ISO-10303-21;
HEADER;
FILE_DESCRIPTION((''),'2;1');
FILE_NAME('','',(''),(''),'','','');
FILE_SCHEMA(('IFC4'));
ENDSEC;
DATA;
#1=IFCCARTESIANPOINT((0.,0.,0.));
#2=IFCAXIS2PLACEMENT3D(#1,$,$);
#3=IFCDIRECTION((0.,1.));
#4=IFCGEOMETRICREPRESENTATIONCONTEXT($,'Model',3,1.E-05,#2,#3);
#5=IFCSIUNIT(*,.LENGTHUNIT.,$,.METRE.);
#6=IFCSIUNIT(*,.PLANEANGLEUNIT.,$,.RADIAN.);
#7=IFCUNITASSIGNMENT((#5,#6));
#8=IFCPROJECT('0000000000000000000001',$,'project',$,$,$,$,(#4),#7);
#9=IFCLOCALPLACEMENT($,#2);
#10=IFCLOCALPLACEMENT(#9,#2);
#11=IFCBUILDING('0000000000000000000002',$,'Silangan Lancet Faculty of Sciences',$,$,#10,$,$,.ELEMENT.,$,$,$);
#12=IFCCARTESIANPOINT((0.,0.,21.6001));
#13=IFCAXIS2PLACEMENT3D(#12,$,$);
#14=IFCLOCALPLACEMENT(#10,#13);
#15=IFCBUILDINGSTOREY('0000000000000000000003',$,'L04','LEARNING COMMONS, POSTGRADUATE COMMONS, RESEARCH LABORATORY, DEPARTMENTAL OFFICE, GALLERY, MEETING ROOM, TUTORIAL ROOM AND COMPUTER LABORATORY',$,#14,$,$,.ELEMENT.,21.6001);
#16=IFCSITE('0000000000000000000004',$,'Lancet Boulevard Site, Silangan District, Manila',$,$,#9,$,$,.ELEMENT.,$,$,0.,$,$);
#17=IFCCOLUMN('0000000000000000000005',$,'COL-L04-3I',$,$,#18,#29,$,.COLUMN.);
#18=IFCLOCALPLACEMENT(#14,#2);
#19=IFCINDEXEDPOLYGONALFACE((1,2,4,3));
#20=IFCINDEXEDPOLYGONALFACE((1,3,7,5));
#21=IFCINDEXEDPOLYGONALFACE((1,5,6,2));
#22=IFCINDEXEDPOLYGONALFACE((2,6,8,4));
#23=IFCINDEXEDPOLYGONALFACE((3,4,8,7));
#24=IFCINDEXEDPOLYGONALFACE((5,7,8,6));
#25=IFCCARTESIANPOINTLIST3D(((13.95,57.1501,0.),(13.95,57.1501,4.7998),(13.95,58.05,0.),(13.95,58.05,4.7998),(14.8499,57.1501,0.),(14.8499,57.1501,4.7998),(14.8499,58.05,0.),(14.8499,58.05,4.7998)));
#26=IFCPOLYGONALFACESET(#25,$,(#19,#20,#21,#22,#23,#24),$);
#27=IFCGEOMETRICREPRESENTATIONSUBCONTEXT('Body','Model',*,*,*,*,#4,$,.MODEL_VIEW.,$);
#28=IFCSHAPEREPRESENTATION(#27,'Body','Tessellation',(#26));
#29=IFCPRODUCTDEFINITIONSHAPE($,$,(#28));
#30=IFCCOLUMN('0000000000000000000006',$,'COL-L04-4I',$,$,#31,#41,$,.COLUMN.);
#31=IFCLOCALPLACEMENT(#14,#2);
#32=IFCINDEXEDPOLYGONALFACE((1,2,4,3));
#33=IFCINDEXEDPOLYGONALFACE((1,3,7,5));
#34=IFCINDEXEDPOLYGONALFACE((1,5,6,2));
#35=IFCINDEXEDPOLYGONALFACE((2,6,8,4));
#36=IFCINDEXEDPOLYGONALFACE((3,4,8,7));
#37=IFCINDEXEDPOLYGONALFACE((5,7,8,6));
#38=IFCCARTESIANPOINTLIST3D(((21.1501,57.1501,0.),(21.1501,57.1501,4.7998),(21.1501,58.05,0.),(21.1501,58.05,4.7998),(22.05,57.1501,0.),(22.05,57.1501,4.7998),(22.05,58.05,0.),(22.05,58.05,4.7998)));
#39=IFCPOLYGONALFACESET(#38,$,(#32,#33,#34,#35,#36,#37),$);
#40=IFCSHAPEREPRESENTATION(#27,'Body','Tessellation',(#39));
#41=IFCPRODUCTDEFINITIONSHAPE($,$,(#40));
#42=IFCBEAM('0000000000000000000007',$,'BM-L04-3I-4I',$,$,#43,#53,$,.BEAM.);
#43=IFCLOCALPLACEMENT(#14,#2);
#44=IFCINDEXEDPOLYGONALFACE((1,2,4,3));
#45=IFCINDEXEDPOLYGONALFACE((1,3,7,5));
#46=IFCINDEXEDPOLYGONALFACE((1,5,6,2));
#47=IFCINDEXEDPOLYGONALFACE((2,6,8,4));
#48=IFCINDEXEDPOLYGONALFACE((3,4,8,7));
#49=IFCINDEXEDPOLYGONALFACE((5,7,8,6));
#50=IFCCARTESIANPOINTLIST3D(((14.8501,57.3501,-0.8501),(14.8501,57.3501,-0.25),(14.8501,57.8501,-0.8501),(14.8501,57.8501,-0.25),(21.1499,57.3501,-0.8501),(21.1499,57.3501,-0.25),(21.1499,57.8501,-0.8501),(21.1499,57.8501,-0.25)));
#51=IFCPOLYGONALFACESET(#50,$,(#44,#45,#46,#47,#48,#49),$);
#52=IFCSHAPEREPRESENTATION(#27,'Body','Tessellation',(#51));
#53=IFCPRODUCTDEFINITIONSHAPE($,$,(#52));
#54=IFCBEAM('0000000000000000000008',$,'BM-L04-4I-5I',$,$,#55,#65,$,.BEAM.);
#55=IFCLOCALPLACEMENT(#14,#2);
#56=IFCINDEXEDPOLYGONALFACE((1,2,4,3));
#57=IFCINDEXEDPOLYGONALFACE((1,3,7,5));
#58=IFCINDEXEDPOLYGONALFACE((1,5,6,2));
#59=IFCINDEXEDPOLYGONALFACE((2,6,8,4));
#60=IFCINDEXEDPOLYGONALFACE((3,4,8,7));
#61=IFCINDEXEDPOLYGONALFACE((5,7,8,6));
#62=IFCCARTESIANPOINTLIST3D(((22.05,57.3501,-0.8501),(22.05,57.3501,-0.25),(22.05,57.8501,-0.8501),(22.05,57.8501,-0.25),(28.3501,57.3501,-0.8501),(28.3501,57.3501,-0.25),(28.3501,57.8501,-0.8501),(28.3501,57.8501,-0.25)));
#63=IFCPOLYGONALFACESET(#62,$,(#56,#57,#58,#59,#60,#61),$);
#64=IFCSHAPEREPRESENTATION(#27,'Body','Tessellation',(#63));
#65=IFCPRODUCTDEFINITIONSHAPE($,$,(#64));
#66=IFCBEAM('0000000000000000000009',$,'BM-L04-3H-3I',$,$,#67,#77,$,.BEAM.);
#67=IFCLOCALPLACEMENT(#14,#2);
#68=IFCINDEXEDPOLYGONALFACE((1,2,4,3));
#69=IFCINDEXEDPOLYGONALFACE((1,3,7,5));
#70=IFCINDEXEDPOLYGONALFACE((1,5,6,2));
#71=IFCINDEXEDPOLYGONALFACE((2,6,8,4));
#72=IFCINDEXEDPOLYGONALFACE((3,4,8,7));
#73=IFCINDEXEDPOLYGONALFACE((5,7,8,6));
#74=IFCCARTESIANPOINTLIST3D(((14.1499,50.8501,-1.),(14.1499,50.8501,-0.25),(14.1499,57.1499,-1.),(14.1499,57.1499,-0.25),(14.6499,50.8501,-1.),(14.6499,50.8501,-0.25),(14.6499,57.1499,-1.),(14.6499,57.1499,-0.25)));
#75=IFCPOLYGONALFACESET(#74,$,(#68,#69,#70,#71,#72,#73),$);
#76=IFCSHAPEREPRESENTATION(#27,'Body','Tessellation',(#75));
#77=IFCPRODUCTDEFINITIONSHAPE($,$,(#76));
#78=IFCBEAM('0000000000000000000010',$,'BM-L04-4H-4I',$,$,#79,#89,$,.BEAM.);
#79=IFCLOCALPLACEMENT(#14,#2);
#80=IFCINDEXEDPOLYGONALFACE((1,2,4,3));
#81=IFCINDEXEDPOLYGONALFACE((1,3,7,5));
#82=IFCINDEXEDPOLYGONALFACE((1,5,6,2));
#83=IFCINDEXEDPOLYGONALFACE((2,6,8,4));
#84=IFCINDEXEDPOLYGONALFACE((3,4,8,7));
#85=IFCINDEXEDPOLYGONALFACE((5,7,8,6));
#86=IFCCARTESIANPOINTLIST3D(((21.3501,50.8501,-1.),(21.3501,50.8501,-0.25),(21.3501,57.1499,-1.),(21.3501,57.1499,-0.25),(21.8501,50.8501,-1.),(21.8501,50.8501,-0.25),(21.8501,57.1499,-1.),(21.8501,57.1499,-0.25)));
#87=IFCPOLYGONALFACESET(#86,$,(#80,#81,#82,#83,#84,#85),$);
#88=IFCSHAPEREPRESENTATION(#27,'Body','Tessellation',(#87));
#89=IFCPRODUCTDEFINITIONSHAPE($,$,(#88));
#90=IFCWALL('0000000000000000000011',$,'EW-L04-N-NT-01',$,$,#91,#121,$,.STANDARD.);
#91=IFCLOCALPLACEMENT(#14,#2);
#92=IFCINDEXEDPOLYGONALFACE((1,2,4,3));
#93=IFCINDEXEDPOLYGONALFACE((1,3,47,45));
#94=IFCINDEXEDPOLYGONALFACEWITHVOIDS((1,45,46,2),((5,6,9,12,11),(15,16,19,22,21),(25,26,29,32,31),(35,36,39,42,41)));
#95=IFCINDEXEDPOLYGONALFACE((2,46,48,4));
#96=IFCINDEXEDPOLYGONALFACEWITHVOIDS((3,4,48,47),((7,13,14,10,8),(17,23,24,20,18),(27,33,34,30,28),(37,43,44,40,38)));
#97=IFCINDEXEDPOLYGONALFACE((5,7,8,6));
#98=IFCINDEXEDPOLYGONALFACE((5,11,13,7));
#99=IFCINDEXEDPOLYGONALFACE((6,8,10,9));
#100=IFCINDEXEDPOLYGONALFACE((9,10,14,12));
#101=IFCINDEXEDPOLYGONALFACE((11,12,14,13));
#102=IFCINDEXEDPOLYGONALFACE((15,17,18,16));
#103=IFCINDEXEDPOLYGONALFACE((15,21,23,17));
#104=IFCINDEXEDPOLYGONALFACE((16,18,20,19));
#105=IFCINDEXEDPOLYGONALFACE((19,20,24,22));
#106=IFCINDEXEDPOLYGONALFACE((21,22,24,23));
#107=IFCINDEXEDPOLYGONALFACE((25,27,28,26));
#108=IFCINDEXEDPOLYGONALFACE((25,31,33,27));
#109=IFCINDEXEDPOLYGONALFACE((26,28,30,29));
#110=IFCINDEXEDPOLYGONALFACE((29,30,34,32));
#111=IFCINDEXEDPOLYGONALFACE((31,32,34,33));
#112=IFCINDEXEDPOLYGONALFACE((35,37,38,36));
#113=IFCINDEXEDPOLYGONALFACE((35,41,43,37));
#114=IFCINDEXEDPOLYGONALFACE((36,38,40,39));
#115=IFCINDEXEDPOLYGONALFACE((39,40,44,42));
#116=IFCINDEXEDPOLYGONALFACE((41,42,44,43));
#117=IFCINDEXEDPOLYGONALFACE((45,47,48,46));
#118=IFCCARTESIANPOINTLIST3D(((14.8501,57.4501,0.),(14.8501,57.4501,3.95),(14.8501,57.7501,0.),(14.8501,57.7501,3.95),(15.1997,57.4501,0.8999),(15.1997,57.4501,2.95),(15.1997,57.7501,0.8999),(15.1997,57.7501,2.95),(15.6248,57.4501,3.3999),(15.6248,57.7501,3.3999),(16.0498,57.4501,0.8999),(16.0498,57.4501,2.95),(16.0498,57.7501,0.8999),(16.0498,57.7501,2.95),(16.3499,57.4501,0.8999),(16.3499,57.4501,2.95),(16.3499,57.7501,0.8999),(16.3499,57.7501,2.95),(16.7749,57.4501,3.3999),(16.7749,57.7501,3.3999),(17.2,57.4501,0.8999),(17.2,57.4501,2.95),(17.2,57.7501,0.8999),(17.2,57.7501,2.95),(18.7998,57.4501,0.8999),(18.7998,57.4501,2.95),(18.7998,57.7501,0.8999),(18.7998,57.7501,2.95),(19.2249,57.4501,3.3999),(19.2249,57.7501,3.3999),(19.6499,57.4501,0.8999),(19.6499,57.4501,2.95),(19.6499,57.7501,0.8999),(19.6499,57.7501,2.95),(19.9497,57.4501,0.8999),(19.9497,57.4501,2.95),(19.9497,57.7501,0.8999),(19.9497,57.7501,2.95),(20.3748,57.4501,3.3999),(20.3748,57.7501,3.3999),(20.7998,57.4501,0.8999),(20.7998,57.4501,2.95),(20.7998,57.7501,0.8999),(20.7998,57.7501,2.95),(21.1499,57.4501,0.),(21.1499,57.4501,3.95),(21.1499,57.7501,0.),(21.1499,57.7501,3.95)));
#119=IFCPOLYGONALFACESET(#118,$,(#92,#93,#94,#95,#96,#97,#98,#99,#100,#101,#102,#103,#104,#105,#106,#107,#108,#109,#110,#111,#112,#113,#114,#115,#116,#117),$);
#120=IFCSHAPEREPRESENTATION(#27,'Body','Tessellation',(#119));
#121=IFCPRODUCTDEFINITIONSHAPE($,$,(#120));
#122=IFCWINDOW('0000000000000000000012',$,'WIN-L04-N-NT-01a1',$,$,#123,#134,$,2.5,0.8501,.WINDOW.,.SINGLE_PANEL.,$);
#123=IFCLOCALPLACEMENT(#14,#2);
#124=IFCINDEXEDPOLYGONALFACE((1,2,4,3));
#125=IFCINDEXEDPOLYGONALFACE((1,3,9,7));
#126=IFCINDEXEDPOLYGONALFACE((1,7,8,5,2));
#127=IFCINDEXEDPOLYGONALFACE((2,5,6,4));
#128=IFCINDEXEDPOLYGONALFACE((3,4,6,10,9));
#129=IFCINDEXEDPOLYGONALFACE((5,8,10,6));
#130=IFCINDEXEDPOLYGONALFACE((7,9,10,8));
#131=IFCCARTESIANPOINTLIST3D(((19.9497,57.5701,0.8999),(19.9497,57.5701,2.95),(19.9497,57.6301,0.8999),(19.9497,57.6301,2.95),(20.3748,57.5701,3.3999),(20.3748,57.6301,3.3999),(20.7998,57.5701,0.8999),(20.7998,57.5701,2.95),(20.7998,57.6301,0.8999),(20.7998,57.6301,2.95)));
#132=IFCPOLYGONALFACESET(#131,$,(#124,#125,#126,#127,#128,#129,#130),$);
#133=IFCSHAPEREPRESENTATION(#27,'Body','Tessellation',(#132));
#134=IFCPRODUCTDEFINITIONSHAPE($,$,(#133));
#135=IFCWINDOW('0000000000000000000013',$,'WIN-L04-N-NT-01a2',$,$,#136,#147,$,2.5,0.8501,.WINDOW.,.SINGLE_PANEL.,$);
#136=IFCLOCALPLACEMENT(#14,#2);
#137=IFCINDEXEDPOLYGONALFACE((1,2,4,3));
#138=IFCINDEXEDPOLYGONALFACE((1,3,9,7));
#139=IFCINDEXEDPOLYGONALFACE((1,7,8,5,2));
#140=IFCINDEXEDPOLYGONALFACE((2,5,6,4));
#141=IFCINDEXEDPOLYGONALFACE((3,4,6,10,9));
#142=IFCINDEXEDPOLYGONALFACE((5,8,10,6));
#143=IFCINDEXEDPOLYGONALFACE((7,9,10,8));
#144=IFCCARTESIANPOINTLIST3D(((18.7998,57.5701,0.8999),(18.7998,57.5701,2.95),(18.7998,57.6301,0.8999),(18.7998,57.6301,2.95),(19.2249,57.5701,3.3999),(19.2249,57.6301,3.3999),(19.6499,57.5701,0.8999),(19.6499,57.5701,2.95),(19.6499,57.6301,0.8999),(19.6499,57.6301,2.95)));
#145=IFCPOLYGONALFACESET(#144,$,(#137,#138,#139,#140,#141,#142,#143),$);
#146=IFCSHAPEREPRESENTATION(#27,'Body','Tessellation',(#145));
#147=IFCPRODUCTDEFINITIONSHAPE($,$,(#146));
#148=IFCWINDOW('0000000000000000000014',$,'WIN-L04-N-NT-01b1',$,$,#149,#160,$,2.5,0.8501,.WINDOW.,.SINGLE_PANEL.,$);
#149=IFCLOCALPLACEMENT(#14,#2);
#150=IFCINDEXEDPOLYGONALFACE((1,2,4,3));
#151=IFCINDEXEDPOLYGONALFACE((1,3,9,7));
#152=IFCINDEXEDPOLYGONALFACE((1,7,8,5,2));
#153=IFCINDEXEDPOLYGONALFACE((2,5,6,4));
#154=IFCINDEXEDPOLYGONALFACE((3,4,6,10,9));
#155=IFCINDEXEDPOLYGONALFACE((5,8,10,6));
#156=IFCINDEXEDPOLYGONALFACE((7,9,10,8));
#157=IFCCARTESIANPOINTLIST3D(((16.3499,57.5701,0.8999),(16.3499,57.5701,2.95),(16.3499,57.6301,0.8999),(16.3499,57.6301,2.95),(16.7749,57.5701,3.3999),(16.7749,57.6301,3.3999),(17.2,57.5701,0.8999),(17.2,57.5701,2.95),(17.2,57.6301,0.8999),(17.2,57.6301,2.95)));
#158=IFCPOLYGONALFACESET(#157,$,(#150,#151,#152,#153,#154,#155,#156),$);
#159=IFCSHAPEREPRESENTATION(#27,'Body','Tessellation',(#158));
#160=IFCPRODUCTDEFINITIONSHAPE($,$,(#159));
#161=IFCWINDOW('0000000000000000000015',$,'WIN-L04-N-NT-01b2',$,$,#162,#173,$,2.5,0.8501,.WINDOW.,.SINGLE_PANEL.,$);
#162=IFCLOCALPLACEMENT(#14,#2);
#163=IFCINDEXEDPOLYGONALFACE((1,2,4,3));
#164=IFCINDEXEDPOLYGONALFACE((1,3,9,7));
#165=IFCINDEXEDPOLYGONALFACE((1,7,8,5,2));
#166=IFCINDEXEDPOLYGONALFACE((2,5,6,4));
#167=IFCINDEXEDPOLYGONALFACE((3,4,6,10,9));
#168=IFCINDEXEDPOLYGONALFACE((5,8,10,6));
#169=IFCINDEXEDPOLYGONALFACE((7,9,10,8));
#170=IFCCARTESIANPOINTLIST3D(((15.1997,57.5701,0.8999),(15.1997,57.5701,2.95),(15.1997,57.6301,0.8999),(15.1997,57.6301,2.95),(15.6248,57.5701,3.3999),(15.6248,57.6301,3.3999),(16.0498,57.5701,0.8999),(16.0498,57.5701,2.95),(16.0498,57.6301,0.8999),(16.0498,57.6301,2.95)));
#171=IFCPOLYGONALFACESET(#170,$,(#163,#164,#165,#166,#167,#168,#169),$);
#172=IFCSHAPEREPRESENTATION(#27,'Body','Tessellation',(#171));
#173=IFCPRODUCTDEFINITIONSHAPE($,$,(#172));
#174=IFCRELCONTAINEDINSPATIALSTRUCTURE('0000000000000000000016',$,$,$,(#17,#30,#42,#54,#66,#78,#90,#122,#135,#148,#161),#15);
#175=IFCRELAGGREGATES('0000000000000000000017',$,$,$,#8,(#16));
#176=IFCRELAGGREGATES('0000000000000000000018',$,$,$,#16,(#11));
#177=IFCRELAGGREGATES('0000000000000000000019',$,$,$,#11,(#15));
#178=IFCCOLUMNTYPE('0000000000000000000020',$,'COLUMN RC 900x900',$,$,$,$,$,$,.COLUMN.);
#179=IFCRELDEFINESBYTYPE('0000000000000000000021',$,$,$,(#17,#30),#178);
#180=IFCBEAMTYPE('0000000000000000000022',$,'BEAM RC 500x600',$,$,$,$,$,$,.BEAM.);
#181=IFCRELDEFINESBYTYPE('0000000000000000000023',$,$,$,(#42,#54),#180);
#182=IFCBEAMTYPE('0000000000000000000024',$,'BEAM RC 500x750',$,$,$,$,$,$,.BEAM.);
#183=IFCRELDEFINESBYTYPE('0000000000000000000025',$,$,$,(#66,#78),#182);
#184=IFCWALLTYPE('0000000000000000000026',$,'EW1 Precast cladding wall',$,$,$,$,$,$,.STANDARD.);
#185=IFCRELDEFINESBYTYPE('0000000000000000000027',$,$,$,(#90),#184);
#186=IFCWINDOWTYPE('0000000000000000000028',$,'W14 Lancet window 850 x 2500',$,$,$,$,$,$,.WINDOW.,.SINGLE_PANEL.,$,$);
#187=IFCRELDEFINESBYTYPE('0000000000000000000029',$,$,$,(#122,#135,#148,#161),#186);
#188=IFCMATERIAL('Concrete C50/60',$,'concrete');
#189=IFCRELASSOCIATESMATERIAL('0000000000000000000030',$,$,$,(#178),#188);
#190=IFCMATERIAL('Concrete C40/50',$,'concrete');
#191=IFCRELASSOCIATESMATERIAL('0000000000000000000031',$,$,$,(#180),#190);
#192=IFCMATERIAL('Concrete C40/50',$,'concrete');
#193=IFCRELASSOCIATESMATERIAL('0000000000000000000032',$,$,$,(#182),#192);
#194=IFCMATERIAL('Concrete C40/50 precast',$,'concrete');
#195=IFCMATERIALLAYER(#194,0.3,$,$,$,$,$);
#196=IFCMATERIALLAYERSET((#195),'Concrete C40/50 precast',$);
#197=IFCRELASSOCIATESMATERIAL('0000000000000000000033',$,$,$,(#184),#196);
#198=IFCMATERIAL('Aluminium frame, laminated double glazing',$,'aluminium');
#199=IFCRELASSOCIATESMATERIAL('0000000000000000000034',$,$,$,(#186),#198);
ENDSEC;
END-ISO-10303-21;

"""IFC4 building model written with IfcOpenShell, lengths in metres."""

from ifc_helpers import new_model, si_unit, direction, frame, frame_2d, origin, origin_2d, place, context, subcontext, project, spatial, polyline, rectangle, outline, extrude, material, layer, layer_set, material_profile, profile_set, type_object, element, fill, save


model = new_model("IFC4")

# Units and contexts
model_context = context("Model", 3, precision=1e-05, world=origin(), true_north=direction((0.0, 1.0)))
body_context = subcontext(model_context, "Body", "Model", "MODEL_VIEW")
ifc_project = project(units=[si_unit("LENGTHUNIT", "METRE"), si_unit("PLANEANGLEUNIT", "RADIAN")], contexts=[model_context])

# Site, building, storey
site_placement = place(None, origin())
site = spatial("IfcSite", under=ifc_project, at=site_placement, Name="Lancet Boulevard Site, Silangan District, Manila", CompositionType="ELEMENT", RefElevation=0.0)
building_placement = place(site_placement, origin())
building = spatial("IfcBuilding", under=site, at=building_placement, Name="Silangan Lancet Faculty of Sciences", CompositionType="ELEMENT")
storey_placement = place(building_placement, frame((0.0, 0.0, 21.6001)))
storey = spatial("IfcBuildingStorey", under=building, at=storey_placement, Name="L04", Description="LEARNING COMMONS, POSTGRADUATE COMMONS, RESEARCH LABORATORY, DEPARTMENTAL OFFICE, GALLERY, MEETING ROOM, TUTORIAL ROOM AND COMPUTER LABORATORY", CompositionType="ELEMENT", Elevation=21.6001)

# Columns
ifc_material_1 = material(Name="Concrete C50/60", Category="concrete")
ifc_material_profile_1 = material_profile(ifc_material_1, rectangle(XDim=0.8999, YDim=0.8999, at=origin_2d()), Name="RC 900x900")
ifc_profile_set_1 = profile_set([ifc_material_profile_1], Name="Concrete C50/60")
column_type = type_object("IfcColumnType", Name="COLUMN RC 900x900", PredefinedType="COLUMN", material=ifc_profile_set_1)
for number, where, z_axis, x_axis, name in (
    (1, (14.3999, 57.6001, 0.0), (0.0, 0.0, 1.0), (1.0, 0.0, 0.0), "COL-L04-3I"),
    (2, (21.6001, 57.6001, 0.0), (0.0, 0.0, 1.0), (1.0, 0.0, 0.0), "COL-L04-4I"),
):
    element("IfcColumn", number, at=place(storey_placement, frame(where, z_axis=z_axis, x_axis=x_axis)), inside=storey, type_object=column_type, Name=name, PredefinedType="COLUMN", context=body_context, shape_type="SweptSolid", body=[
        extrude(rectangle(XDim=0.8999, YDim=0.8999, at=origin_2d()), origin(), (0.0, 0.0, 1.0), 4.7998),
    ])

# Beams
ifc_material_2 = material(Name="Concrete C40/50", Category="concrete")
ifc_material_profile_2 = material_profile(ifc_material_2, rectangle(XDim=0.5, YDim=0.6001, at=origin_2d()), Name="RC 500x600")
ifc_profile_set_2 = profile_set([ifc_material_profile_2], Name="Concrete C40/50")
beam_type_1 = type_object("IfcBeamType", Name="BEAM RC 500x600", PredefinedType="BEAM", material=ifc_profile_set_2)
beam_1_placement = place(storey_placement, frame((14.8501, 57.6001, -0.55), z_axis=(1.0, 0.0, 0.0), x_axis=(0.0, 1.0, 0.0)))
element("IfcBeam", 3, at=beam_1_placement, inside=storey, type_object=beam_type_1, Name="BM-L04-3I-4I", PredefinedType="BEAM", context=body_context, shape_type="SweptSolid", body=[
    extrude(rectangle(XDim=0.5, YDim=0.6001, at=origin_2d()), origin(), (0.0, 0.0, 1.0), 6.2998),
])
beam_2_placement = place(storey_placement, frame((22.05, 57.6001, -0.55), z_axis=(1.0, 0.0, 0.0), x_axis=(0.0, 1.0, 0.0)))
element("IfcBeam", 4, at=beam_2_placement, inside=storey, type_object=beam_type_1, Name="BM-L04-4I-5I", PredefinedType="BEAM", context=body_context, shape_type="SweptSolid", body=[
    extrude(rectangle(XDim=0.5, YDim=0.6001, at=origin_2d()), origin(), (0.0, 0.0, 1.0), 6.3),
])
ifc_material_3 = material(Name="Concrete C40/50", Category="concrete")
ifc_material_profile_3 = material_profile(ifc_material_3, rectangle(XDim=0.5, YDim=0.75, at=origin_2d()), Name="RC 500x750")
ifc_profile_set_3 = profile_set([ifc_material_profile_3], Name="Concrete C40/50")
beam_type_2 = type_object("IfcBeamType", Name="BEAM RC 500x750", PredefinedType="BEAM", material=ifc_profile_set_3)
for number, where, z_axis, x_axis, name in (
    (5, (14.3999, 50.8501, -0.625), (0.0, 1.0, 0.0), (-1.0, 0.0, 0.0), "BM-L04-3H-3I"),
    (6, (21.6001, 50.8501, -0.625), (0.0, 1.0, 0.0), (-1.0, 0.0, 0.0), "BM-L04-4H-4I"),
):
    element("IfcBeam", number, at=place(storey_placement, frame(where, z_axis=z_axis, x_axis=x_axis)), inside=storey, type_object=beam_type_2, Name=name, PredefinedType="BEAM", context=body_context, shape_type="SweptSolid", body=[
        extrude(rectangle(XDim=0.5, YDim=0.75, at=origin_2d()), origin(), (0.0, 0.0, 1.0), 6.2998),
    ])

# Wall, openings, windows
ifc_material_4 = material(Name="Concrete C40/50 precast", Category="concrete")
ifc_layer_1 = layer(ifc_material_4, 0.3)
ifc_layer_set_1 = layer_set([ifc_layer_1], Name="Concrete C40/50 precast")
wall_type_1 = type_object("IfcWallType", Name="EW1 Precast cladding wall", PredefinedType="STANDARD", material=ifc_layer_set_1)
wall_1_placement = place(storey_placement, frame((21.1499, 57.6001, 0.0), z_axis=(0.0, 0.0, 1.0), x_axis=(-1.0, 0.0, 0.0)))
wall_1 = element("IfcWall", 7, at=wall_1_placement, inside=storey, type_object=wall_type_1, Name="EW-L04-N-NT-01", PredefinedType="STANDARD", context=body_context, shape_type="SweptSolid", body=[
    extrude(rectangle(XDim=6.2998, YDim=0.3, at=frame_2d((3.1499, 0.0))), origin(), (0.0, 0.0, 1.0), 3.95),
])
opening_1_placement = place(wall_1_placement, frame((0.3501, 0.0, 0.8999)))
opening_1 = element("IfcOpeningElement", 8, at=opening_1_placement, cuts=wall_1, PredefinedType="OPENING", context=body_context, shape_type="SweptSolid", body=[
    extrude(outline(polyline([(0.0, 0.0), (0.8501, 0.0), (0.8501, 2.05), (0.425, 2.5), (0.0, 2.05), (0.0, 0.0)])), frame((0.0, 0.1599, 0.0), z_axis=(0.0, -1.0, 0.0), x_axis=(1.0, 0.0, 0.0)), (0.0, 0.0, 1.0), 0.3201),
])
opening_2_placement = place(wall_1_placement, frame((1.5, 0.0, 0.8999)))
opening_2 = element("IfcOpeningElement", 9, at=opening_2_placement, cuts=wall_1, PredefinedType="OPENING", context=body_context, shape_type="SweptSolid", body=[
    extrude(outline(polyline([(0.0, 0.0), (0.8501, 0.0), (0.8501, 2.05), (0.425, 2.5), (0.0, 2.05), (0.0, 0.0)])), frame((0.0, 0.1599, 0.0), z_axis=(0.0, -1.0, 0.0), x_axis=(1.0, 0.0, 0.0)), (0.0, 0.0, 1.0), 0.3201),
])
opening_3_placement = place(wall_1_placement, frame((3.95, 0.0, 0.8999)))
opening_3 = element("IfcOpeningElement", 10, at=opening_3_placement, cuts=wall_1, PredefinedType="OPENING", context=body_context, shape_type="SweptSolid", body=[
    extrude(outline(polyline([(0.0, 0.0), (0.8501, 0.0), (0.8501, 2.05), (0.425, 2.5), (0.0, 2.05), (0.0, 0.0)])), frame((0.0, 0.1599, 0.0), z_axis=(0.0, -1.0, 0.0), x_axis=(1.0, 0.0, 0.0)), (0.0, 0.0, 1.0), 0.3201),
])
opening_4_placement = place(wall_1_placement, frame((5.1001, 0.0, 0.8999)))
opening_4 = element("IfcOpeningElement", 11, at=opening_4_placement, cuts=wall_1, PredefinedType="OPENING", context=body_context, shape_type="SweptSolid", body=[
    extrude(outline(polyline([(0.0, 0.0), (0.8501, 0.0), (0.8501, 2.05), (0.425, 2.5), (0.0, 2.05), (0.0, 0.0)])), frame((0.0, 0.1599, 0.0), z_axis=(0.0, -1.0, 0.0), x_axis=(1.0, 0.0, 0.0)), (0.0, 0.0, 1.0), 0.3201),
])
ifc_material_5 = material(Name="Aluminium frame, laminated double glazing", Category="aluminium")
window_type_1 = type_object("IfcWindowType", Name="W14 Lancet window 850 x 2500", PartitioningType="SINGLE_PANEL", PredefinedType="WINDOW", material=ifc_material_5)
window_1_placement = place(opening_1_placement, origin())
window_1 = element("IfcWindow", 12, at=window_1_placement, inside=storey, type_object=window_type_1, Name="WIN-L04-N-NT-01a1", OverallHeight=2.5, OverallWidth=0.8501, PartitioningType="SINGLE_PANEL", PredefinedType="WINDOW", context=body_context, shape_type="SweptSolid", body=[
    extrude(outline(polyline([(0.0, 0.0), (0.8501, 0.0), (0.8501, 2.05), (0.425, 2.5), (0.0, 2.05), (0.0, 0.0)])), frame((0.0, 0.03, 0.0), z_axis=(0.0, -1.0, 0.0), x_axis=(1.0, 0.0, 0.0)), (0.0, 0.0, 1.0), 0.0601),
])
fill(opening_1, window_1)
window_2_placement = place(opening_2_placement, origin())
window_2 = element("IfcWindow", 13, at=window_2_placement, inside=storey, type_object=window_type_1, Name="WIN-L04-N-NT-01a2", OverallHeight=2.5, OverallWidth=0.8501, PartitioningType="SINGLE_PANEL", PredefinedType="WINDOW", context=body_context, shape_type="SweptSolid", body=[
    extrude(outline(polyline([(0.0, 0.0), (0.8501, 0.0), (0.8501, 2.05), (0.425, 2.5), (0.0, 2.05), (0.0, 0.0)])), frame((0.0, 0.03, 0.0), z_axis=(0.0, -1.0, 0.0), x_axis=(1.0, 0.0, 0.0)), (0.0, 0.0, 1.0), 0.0601),
])
fill(opening_2, window_2)
window_3_placement = place(opening_3_placement, origin())
window_3 = element("IfcWindow", 14, at=window_3_placement, inside=storey, type_object=window_type_1, Name="WIN-L04-N-NT-01b1", OverallHeight=2.5, OverallWidth=0.8501, PartitioningType="SINGLE_PANEL", PredefinedType="WINDOW", context=body_context, shape_type="SweptSolid", body=[
    extrude(outline(polyline([(0.0, 0.0), (0.8501, 0.0), (0.8501, 2.05), (0.425, 2.5), (0.0, 2.05), (0.0, 0.0)])), frame((0.0, 0.03, 0.0), z_axis=(0.0, -1.0, 0.0), x_axis=(1.0, 0.0, 0.0)), (0.0, 0.0, 1.0), 0.0601),
])
fill(opening_3, window_3)
window_4_placement = place(opening_4_placement, origin())
window_4 = element("IfcWindow", 15, at=window_4_placement, inside=storey, type_object=window_type_1, Name="WIN-L04-N-NT-01b2", OverallHeight=2.5, OverallWidth=0.8501, PartitioningType="SINGLE_PANEL", PredefinedType="WINDOW", context=body_context, shape_type="SweptSolid", body=[
    extrude(outline(polyline([(0.0, 0.0), (0.8501, 0.0), (0.8501, 2.05), (0.425, 2.5), (0.0, 2.05), (0.0, 0.0)])), frame((0.0, 0.03, 0.0), z_axis=(0.0, -1.0, 0.0), x_axis=(1.0, 0.0, 0.0)), (0.0, 0.0, 1.0), 0.0601),
])
fill(opening_4, window_4)

save(model, "model.ifc")
